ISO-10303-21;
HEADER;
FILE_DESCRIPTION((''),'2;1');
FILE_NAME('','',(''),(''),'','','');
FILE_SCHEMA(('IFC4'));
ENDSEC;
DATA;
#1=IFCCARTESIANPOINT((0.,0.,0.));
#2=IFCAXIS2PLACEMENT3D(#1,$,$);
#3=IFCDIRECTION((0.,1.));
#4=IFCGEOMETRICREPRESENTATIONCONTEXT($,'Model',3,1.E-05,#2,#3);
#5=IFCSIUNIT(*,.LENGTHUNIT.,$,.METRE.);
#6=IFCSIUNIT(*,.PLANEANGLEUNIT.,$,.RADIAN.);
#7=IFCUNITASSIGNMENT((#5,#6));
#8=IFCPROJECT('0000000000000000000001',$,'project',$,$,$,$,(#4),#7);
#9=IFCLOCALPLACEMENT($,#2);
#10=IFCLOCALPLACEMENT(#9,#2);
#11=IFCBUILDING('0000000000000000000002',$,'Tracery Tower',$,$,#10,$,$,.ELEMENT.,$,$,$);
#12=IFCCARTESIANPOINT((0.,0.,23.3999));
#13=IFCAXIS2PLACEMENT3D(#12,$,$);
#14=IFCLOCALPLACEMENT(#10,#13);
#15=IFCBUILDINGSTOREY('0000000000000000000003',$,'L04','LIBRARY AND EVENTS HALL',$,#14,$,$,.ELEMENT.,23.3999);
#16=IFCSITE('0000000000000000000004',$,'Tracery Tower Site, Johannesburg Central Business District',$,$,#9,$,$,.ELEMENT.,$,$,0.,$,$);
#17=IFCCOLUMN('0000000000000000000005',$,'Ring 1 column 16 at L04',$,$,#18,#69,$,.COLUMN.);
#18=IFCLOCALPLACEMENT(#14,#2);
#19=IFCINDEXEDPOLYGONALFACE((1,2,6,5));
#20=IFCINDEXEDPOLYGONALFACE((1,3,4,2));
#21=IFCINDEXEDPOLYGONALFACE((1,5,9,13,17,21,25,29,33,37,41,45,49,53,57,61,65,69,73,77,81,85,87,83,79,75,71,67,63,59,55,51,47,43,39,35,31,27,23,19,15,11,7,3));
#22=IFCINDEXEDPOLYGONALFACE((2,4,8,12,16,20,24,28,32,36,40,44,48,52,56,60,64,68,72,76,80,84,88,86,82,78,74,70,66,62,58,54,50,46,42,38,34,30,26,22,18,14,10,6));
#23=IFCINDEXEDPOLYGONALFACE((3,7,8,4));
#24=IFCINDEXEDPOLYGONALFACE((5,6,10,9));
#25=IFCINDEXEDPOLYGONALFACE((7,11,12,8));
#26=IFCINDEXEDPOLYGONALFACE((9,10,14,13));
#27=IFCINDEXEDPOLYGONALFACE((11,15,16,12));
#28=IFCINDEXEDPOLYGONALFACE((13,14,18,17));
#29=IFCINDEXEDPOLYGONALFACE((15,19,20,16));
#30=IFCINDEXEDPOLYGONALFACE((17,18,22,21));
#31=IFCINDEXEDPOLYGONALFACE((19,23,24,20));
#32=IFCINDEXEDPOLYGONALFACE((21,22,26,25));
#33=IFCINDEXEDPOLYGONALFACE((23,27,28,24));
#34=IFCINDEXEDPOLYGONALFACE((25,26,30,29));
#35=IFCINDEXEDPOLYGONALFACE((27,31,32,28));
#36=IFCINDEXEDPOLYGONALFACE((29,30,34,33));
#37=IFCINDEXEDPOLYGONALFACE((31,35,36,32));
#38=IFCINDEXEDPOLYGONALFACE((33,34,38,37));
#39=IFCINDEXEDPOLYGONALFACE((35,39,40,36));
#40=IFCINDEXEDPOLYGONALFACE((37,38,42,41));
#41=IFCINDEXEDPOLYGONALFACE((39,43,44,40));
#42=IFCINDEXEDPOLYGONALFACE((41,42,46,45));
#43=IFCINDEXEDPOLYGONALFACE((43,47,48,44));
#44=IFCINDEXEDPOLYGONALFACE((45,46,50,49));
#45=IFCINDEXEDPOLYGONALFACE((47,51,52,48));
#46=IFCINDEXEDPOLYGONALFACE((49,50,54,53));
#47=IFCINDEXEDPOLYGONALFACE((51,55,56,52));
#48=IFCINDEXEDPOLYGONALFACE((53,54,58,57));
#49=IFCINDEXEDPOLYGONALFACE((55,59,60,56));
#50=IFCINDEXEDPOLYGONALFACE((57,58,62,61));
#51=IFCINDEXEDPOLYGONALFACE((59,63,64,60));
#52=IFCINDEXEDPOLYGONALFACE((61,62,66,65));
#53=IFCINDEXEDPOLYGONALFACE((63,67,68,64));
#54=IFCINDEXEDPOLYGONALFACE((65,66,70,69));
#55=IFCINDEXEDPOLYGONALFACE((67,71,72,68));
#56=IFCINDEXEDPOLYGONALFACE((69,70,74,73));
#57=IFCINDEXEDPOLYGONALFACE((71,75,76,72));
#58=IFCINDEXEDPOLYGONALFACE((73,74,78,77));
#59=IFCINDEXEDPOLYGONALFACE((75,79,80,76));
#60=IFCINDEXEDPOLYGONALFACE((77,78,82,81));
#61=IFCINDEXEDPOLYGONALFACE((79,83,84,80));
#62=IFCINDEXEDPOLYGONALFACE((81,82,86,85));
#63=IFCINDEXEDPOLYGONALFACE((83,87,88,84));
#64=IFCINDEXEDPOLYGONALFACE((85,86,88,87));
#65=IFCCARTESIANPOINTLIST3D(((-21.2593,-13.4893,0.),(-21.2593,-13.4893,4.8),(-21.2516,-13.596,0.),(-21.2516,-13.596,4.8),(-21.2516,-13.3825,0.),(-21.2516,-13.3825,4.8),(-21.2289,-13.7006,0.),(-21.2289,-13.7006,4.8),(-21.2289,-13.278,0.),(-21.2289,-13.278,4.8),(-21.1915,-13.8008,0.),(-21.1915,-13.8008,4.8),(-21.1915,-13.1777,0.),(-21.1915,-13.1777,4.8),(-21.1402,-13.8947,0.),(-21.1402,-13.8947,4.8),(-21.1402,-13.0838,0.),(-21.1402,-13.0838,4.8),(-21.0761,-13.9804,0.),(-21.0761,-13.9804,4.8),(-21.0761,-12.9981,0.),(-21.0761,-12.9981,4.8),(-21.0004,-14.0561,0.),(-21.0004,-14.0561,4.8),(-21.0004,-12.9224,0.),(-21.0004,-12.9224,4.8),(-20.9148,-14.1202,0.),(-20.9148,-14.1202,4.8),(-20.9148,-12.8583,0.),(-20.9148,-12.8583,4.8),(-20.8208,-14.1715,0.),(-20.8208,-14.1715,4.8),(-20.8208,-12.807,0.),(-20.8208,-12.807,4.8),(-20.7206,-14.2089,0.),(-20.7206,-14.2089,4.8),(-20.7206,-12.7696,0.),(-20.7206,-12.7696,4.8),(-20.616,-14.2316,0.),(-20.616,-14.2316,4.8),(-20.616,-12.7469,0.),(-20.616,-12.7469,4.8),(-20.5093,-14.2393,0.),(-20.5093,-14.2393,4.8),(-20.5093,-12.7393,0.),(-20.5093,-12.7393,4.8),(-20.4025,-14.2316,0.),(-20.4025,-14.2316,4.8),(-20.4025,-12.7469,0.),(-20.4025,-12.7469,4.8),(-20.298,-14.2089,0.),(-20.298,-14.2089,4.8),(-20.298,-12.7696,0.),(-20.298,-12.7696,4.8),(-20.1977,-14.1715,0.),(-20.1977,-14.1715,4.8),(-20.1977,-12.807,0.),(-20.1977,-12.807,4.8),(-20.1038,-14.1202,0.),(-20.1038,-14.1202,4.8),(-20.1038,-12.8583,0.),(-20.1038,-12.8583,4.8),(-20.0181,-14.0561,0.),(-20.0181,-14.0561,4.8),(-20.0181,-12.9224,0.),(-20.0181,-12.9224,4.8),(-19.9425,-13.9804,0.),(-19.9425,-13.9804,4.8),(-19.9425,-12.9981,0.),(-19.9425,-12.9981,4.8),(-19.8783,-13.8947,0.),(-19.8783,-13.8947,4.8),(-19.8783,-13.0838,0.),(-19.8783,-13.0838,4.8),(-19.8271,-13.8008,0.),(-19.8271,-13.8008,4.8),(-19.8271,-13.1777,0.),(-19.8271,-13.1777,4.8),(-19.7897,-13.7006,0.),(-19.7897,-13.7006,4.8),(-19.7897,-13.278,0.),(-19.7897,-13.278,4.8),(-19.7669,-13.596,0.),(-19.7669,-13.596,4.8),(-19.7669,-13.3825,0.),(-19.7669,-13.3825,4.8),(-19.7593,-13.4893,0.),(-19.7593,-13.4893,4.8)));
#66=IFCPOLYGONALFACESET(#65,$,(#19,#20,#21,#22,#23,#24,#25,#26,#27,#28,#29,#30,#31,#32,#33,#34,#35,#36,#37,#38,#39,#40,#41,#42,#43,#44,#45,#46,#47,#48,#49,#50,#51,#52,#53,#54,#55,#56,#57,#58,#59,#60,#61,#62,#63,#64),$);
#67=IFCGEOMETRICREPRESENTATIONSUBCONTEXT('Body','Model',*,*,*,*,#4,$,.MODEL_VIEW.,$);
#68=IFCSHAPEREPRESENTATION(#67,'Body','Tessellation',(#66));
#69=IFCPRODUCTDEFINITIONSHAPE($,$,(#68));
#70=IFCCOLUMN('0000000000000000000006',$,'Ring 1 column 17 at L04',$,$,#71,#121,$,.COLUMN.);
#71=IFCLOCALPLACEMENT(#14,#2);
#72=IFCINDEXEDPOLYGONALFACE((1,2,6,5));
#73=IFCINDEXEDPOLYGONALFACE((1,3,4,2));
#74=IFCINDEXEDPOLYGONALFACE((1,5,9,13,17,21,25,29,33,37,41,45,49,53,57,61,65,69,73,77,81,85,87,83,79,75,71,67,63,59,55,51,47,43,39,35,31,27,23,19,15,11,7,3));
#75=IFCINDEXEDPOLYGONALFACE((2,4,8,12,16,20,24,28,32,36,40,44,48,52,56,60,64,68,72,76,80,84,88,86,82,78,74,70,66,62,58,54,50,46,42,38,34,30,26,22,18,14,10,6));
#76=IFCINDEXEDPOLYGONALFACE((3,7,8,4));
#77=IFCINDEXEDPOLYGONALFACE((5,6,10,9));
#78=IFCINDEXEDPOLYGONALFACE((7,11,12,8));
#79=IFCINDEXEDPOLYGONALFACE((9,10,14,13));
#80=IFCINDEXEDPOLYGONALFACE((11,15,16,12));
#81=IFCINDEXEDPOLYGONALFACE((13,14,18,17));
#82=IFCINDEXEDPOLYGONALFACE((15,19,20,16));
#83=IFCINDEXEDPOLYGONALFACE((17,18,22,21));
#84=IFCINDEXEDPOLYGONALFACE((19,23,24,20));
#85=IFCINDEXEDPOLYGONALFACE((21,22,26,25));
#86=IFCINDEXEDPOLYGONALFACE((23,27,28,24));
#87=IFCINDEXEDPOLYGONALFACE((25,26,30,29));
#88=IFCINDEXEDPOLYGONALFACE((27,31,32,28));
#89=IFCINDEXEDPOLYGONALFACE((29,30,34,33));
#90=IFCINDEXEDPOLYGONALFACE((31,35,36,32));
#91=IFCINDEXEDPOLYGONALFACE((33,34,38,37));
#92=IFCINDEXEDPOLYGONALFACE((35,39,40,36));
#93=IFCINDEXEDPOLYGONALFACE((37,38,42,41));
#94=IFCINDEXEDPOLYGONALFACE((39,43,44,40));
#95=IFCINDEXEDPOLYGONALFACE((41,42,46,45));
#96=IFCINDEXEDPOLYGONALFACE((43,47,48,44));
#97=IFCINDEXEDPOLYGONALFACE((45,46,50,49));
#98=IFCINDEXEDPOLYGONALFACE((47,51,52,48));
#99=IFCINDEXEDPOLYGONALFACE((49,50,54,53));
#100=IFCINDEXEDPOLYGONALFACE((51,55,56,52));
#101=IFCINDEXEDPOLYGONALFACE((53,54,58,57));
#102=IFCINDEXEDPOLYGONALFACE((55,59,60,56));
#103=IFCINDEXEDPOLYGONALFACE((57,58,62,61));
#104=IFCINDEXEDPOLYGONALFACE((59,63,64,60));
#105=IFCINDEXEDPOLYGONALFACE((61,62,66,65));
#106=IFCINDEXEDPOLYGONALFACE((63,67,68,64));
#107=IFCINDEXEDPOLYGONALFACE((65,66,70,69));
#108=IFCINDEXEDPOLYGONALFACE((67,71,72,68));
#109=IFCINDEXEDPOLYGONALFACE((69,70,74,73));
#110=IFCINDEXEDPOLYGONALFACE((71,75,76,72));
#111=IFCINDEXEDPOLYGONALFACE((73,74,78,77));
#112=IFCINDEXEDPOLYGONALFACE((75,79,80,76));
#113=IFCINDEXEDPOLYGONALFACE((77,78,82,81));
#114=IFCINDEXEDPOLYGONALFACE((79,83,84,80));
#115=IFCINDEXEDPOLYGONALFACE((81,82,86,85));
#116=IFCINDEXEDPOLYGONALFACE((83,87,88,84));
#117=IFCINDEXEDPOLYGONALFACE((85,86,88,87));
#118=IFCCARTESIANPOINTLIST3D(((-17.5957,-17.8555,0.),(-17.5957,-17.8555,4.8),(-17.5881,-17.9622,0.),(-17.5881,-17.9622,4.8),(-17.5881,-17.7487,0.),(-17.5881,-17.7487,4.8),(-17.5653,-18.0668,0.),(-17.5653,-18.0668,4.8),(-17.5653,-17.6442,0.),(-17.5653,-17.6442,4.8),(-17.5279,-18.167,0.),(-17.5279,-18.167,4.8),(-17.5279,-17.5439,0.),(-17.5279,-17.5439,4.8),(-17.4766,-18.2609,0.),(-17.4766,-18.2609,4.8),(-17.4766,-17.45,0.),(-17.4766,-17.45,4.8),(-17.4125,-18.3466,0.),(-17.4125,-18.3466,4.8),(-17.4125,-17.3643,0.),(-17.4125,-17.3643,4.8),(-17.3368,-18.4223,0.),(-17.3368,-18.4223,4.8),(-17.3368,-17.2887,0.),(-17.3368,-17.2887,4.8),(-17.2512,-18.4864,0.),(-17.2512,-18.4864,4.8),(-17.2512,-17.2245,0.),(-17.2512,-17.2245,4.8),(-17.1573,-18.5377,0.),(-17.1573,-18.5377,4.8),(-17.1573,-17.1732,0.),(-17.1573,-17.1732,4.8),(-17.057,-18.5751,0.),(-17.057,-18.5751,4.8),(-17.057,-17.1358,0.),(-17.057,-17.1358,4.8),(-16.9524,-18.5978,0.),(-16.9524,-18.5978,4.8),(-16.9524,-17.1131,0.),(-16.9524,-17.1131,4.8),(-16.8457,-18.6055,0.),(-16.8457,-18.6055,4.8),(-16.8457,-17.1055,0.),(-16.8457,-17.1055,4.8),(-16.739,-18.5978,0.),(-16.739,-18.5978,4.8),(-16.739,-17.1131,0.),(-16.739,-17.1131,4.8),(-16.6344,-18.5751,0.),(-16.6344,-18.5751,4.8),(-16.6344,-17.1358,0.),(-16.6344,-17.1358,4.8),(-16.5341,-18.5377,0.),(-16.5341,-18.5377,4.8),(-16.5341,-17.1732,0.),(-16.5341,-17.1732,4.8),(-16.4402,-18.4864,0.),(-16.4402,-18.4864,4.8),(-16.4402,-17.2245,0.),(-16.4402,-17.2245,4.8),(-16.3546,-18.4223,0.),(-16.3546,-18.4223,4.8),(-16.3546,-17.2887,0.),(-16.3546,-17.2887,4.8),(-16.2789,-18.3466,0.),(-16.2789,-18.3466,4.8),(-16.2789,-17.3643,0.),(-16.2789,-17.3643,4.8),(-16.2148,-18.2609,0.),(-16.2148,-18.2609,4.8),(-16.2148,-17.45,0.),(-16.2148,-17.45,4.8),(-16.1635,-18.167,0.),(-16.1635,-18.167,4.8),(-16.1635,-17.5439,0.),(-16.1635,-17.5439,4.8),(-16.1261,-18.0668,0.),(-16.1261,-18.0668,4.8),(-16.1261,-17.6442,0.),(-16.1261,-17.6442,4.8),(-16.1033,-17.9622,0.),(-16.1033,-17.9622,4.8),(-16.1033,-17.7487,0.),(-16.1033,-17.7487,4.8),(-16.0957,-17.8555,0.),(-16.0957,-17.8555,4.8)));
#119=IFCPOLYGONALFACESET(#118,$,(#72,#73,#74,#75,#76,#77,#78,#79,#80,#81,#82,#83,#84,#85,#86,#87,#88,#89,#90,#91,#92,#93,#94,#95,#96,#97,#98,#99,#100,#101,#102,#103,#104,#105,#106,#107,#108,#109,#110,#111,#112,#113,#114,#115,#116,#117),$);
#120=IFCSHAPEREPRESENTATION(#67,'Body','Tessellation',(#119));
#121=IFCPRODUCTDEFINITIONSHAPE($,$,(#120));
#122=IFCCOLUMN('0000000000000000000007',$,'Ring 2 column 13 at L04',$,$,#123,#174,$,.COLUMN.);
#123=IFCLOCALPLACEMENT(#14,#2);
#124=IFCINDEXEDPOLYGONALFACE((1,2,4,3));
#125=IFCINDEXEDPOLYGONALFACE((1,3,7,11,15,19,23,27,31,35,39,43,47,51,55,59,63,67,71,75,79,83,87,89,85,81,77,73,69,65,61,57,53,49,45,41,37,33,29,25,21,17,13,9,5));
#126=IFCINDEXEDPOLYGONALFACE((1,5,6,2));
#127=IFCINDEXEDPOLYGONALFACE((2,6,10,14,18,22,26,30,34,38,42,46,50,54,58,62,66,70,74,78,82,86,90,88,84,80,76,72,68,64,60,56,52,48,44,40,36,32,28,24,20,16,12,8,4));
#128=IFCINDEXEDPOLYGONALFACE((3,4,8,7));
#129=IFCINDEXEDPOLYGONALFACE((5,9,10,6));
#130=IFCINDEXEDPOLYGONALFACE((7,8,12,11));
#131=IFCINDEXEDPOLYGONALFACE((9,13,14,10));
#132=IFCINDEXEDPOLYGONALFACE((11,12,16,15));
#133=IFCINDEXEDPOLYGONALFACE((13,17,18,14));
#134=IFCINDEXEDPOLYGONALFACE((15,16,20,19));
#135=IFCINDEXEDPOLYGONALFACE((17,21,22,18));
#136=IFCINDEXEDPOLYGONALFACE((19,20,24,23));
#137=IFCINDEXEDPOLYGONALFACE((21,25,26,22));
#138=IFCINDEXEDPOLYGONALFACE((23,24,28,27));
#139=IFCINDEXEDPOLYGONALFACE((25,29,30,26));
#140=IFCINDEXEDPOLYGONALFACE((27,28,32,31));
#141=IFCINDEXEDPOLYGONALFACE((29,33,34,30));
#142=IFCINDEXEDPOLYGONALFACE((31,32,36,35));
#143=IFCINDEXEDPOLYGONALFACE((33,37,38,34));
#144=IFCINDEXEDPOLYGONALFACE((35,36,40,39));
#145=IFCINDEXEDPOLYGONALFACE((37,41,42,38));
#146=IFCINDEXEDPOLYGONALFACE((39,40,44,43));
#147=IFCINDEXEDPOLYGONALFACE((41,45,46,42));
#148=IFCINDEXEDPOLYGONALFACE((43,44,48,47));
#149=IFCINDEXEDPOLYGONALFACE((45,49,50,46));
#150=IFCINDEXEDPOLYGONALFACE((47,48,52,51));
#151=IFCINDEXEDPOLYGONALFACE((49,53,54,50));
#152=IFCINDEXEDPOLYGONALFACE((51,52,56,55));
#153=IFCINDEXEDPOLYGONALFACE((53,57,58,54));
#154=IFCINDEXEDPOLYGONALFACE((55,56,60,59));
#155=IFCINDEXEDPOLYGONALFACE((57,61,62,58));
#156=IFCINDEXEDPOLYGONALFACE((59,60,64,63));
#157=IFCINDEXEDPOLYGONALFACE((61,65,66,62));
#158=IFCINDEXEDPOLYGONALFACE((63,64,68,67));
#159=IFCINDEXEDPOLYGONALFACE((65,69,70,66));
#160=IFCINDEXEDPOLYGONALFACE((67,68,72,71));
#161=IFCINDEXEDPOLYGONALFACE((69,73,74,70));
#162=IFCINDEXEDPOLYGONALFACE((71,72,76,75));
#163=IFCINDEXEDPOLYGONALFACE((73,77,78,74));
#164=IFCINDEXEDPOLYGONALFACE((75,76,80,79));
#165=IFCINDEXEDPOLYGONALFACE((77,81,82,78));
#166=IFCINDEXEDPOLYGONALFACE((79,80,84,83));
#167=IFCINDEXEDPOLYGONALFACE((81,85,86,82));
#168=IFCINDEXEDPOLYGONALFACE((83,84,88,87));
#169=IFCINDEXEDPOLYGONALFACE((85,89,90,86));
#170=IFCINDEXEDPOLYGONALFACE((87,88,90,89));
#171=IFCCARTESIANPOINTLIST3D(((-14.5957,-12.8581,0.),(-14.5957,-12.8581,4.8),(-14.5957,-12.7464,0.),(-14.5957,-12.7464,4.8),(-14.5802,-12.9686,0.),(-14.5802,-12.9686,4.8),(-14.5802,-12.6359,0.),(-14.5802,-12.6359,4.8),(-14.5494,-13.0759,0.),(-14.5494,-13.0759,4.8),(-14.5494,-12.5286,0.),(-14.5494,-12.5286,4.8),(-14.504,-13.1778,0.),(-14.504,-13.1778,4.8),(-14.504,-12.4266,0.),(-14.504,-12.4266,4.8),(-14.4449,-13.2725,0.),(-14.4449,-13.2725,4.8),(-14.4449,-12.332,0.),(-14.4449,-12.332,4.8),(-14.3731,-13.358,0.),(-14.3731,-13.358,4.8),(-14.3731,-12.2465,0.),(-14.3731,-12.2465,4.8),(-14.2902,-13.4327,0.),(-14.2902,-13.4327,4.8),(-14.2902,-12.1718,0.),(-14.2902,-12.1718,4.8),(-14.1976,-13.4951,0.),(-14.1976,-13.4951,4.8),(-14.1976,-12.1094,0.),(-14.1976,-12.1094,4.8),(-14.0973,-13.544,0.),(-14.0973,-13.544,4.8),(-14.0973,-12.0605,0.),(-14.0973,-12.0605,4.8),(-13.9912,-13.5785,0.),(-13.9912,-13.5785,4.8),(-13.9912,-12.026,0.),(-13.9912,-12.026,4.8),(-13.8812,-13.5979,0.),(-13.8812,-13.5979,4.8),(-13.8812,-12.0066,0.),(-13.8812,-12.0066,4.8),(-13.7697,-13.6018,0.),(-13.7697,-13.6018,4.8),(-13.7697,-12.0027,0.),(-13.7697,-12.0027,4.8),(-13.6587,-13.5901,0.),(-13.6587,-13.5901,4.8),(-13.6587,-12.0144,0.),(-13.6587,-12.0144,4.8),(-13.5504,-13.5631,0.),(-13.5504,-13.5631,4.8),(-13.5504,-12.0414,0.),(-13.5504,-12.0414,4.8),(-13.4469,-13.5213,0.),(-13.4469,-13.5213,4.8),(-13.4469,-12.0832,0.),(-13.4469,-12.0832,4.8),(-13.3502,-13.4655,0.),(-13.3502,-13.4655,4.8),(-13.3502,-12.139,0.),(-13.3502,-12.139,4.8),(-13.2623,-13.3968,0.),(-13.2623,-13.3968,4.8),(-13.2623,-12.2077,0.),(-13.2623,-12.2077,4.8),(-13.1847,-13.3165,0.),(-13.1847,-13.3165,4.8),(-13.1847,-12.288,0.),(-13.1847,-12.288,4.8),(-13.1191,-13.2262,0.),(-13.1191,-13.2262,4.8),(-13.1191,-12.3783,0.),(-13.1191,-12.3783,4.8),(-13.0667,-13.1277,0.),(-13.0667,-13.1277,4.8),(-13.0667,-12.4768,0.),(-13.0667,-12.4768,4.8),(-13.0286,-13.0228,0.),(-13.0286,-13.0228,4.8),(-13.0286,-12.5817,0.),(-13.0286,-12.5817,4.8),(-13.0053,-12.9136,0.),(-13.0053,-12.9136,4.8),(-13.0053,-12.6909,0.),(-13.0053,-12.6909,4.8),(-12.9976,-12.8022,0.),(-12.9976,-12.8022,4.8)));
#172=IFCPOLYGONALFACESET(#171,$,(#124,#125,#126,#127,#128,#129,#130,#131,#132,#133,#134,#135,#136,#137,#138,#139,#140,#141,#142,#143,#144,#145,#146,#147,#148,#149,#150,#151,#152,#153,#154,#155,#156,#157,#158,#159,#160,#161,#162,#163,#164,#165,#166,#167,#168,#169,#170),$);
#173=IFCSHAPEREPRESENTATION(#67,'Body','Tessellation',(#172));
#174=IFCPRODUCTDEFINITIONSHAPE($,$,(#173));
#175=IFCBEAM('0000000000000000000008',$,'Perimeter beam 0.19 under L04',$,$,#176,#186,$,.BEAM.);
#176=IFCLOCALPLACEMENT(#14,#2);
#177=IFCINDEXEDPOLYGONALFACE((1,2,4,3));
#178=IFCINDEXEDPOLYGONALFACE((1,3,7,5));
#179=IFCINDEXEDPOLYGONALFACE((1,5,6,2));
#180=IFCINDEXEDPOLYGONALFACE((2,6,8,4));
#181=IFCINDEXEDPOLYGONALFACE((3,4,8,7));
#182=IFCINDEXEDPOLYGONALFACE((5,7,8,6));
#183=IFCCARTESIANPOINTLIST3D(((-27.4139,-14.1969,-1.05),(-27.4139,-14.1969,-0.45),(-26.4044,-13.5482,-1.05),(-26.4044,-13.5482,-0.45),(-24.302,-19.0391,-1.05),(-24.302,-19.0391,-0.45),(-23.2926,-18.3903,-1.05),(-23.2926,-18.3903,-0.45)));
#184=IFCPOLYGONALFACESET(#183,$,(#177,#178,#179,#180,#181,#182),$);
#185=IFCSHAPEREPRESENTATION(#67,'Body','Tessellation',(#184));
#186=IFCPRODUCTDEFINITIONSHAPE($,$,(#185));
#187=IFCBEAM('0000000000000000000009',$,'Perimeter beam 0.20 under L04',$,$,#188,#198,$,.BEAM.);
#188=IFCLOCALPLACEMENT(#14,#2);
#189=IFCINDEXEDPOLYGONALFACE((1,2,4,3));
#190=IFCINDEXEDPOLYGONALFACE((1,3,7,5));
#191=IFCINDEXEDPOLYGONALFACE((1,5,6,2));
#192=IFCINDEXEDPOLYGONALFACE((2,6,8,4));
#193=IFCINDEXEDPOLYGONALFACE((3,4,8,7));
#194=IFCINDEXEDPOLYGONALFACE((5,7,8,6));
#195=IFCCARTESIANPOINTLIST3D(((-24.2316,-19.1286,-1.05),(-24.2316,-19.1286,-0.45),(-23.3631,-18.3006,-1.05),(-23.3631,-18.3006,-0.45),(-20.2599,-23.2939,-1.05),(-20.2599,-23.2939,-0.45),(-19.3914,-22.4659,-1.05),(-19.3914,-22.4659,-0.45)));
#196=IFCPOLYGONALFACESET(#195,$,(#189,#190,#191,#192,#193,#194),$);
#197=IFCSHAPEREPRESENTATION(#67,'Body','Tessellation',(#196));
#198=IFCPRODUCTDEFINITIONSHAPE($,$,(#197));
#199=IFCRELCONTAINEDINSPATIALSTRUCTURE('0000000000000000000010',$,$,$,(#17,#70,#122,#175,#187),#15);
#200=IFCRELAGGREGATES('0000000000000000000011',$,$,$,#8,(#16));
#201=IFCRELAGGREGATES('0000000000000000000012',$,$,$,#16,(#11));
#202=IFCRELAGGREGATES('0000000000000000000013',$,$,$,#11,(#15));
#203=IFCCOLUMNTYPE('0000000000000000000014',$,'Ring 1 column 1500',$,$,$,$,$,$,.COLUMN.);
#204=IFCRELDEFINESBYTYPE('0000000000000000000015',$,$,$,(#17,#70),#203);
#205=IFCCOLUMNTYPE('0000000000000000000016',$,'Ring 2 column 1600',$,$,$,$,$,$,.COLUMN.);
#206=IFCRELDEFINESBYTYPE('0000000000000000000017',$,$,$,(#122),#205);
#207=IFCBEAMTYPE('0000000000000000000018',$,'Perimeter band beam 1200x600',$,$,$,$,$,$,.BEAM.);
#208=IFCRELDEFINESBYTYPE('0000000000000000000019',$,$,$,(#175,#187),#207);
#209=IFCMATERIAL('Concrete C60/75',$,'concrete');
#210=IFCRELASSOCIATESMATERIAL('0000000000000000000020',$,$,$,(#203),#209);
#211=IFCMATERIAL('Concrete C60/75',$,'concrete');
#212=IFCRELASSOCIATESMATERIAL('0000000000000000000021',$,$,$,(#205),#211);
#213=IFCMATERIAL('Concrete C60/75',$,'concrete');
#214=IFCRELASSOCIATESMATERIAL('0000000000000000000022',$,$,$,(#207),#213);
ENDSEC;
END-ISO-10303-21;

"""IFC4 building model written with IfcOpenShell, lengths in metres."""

from ifc_helpers import new_model, si_unit, direction, frame, origin, origin_2d, place, context, subcontext, project, spatial, rectangle, circle, extrude, material, material_profile, profile_set, type_object, element, save


model = new_model("IFC4")

# Units and contexts
model_context = context("Model", 3, precision=1e-05, world=origin(), true_north=direction((0.0, 1.0)))
body_context = subcontext(model_context, "Body", "Model", "MODEL_VIEW")
ifc_project = project(units=[si_unit("LENGTHUNIT", "METRE"), si_unit("PLANEANGLEUNIT", "RADIAN")], contexts=[model_context])

# Site, building, storey
site_placement = place(None, origin())
site = spatial("IfcSite", under=ifc_project, at=site_placement, Name="Tracery Tower Site, Johannesburg Central Business District", CompositionType="ELEMENT", RefElevation=0.0)
building_placement = place(site_placement, origin())
building = spatial("IfcBuilding", under=site, at=building_placement, Name="Tracery Tower", CompositionType="ELEMENT")
storey_placement = place(building_placement, frame((0.0, 0.0, 23.3999)))
storey = spatial("IfcBuildingStorey", under=building, at=storey_placement, Name="L04", Description="LIBRARY AND EVENTS HALL", CompositionType="ELEMENT", Elevation=23.3999)

# Columns
ifc_material_1 = material(Name="Concrete C60/75", Category="concrete")
ifc_material_profile_1 = material_profile(ifc_material_1, circle(Radius=0.75, at=origin_2d()), Name="RC D1500")
ifc_profile_set_1 = profile_set([ifc_material_profile_1], Name="Concrete C60/75")
column_type_1 = type_object("IfcColumnType", Name="Ring 1 column 1500", PredefinedType="COLUMN", material=ifc_profile_set_1)
for number, where, z_axis, x_axis, name in (
    (1, (-20.5093, -13.4893, 0.0), (0.0, 0.0, 1.0), (1.0, 0.0, 0.0), "Ring 1 column 16 at L04"),
    (2, (-16.8457, -17.8555, 0.0), (0.0, 0.0, 1.0), (1.0, 0.0, 0.0), "Ring 1 column 17 at L04"),
):
    element("IfcColumn", number, at=place(storey_placement, frame(where, z_axis=z_axis, x_axis=x_axis)), inside=storey, type_object=column_type_1, Name=name, PredefinedType="COLUMN", context=body_context, shape_type="SweptSolid", body=[
        extrude(circle(Radius=0.75, at=origin_2d()), origin(), (0.0, 0.0, 1.0), 4.8),
    ])
ifc_material_2 = material(Name="Concrete C60/75", Category="concrete")
ifc_material_profile_2 = material_profile(ifc_material_2, circle(Radius=0.8, at=origin_2d()), Name="RC D1600")
ifc_profile_set_2 = profile_set([ifc_material_profile_2], Name="Concrete C60/75")
column_type_2 = type_object("IfcColumnType", Name="Ring 2 column 1600", PredefinedType="COLUMN", material=ifc_profile_set_2)
column_placement = place(storey_placement, frame((-13.7976, -12.8022, 0.0), z_axis=(0.0, 0.0, 1.0), x_axis=(1.0, 0.0, 0.0)))
element("IfcColumn", 3, at=column_placement, inside=storey, type_object=column_type_2, Name="Ring 2 column 13 at L04", PredefinedType="COLUMN", context=body_context, shape_type="SweptSolid", body=[
    extrude(circle(Radius=0.8, at=origin_2d()), origin(), (0.0, 0.0, 1.0), 4.8),
])

# Beams
ifc_material_3 = material(Name="Concrete C60/75", Category="concrete")
ifc_material_profile_3 = material_profile(ifc_material_3, rectangle(XDim=1.2, YDim=0.6001, at=origin_2d()), Name="RC 1200x600")
ifc_profile_set_3 = profile_set([ifc_material_profile_3], Name="Concrete C60/75")
beam_type = type_object("IfcBeamType", Name="Perimeter band beam 1200x600", PredefinedType="BEAM", material=ifc_profile_set_3)
beam_1_placement = place(storey_placement, frame((-26.9092, -13.8726, -0.75), z_axis=(0.540644, -0.841252, 0.0), x_axis=(0.841252, 0.540644, 0.0)))
element("IfcBeam", 4, at=beam_1_placement, inside=storey, type_object=beam_type, Name="Perimeter beam 0.19 under L04", PredefinedType="BEAM", context=body_context, shape_type="SweptSolid", body=[
    extrude(rectangle(XDim=1.2, YDim=0.6001, at=origin_2d()), origin(), (0.0, 0.0, 1.0), 5.7559),
])
beam_2_placement = place(storey_placement, frame((-23.7974, -18.7146, -0.75), z_axis=(0.690087, -0.723726, 0.0), x_axis=(0.723726, 0.690087, 0.0)))
element("IfcBeam", 5, at=beam_2_placement, inside=storey, type_object=beam_type, Name="Perimeter beam 0.20 under L04", PredefinedType="BEAM", context=body_context, shape_type="SweptSolid", body=[
    extrude(rectangle(XDim=1.2, YDim=0.6001, at=origin_2d()), origin(), (0.0, 0.0, 1.0), 5.7554),
])

save(model, "model.ifc")
